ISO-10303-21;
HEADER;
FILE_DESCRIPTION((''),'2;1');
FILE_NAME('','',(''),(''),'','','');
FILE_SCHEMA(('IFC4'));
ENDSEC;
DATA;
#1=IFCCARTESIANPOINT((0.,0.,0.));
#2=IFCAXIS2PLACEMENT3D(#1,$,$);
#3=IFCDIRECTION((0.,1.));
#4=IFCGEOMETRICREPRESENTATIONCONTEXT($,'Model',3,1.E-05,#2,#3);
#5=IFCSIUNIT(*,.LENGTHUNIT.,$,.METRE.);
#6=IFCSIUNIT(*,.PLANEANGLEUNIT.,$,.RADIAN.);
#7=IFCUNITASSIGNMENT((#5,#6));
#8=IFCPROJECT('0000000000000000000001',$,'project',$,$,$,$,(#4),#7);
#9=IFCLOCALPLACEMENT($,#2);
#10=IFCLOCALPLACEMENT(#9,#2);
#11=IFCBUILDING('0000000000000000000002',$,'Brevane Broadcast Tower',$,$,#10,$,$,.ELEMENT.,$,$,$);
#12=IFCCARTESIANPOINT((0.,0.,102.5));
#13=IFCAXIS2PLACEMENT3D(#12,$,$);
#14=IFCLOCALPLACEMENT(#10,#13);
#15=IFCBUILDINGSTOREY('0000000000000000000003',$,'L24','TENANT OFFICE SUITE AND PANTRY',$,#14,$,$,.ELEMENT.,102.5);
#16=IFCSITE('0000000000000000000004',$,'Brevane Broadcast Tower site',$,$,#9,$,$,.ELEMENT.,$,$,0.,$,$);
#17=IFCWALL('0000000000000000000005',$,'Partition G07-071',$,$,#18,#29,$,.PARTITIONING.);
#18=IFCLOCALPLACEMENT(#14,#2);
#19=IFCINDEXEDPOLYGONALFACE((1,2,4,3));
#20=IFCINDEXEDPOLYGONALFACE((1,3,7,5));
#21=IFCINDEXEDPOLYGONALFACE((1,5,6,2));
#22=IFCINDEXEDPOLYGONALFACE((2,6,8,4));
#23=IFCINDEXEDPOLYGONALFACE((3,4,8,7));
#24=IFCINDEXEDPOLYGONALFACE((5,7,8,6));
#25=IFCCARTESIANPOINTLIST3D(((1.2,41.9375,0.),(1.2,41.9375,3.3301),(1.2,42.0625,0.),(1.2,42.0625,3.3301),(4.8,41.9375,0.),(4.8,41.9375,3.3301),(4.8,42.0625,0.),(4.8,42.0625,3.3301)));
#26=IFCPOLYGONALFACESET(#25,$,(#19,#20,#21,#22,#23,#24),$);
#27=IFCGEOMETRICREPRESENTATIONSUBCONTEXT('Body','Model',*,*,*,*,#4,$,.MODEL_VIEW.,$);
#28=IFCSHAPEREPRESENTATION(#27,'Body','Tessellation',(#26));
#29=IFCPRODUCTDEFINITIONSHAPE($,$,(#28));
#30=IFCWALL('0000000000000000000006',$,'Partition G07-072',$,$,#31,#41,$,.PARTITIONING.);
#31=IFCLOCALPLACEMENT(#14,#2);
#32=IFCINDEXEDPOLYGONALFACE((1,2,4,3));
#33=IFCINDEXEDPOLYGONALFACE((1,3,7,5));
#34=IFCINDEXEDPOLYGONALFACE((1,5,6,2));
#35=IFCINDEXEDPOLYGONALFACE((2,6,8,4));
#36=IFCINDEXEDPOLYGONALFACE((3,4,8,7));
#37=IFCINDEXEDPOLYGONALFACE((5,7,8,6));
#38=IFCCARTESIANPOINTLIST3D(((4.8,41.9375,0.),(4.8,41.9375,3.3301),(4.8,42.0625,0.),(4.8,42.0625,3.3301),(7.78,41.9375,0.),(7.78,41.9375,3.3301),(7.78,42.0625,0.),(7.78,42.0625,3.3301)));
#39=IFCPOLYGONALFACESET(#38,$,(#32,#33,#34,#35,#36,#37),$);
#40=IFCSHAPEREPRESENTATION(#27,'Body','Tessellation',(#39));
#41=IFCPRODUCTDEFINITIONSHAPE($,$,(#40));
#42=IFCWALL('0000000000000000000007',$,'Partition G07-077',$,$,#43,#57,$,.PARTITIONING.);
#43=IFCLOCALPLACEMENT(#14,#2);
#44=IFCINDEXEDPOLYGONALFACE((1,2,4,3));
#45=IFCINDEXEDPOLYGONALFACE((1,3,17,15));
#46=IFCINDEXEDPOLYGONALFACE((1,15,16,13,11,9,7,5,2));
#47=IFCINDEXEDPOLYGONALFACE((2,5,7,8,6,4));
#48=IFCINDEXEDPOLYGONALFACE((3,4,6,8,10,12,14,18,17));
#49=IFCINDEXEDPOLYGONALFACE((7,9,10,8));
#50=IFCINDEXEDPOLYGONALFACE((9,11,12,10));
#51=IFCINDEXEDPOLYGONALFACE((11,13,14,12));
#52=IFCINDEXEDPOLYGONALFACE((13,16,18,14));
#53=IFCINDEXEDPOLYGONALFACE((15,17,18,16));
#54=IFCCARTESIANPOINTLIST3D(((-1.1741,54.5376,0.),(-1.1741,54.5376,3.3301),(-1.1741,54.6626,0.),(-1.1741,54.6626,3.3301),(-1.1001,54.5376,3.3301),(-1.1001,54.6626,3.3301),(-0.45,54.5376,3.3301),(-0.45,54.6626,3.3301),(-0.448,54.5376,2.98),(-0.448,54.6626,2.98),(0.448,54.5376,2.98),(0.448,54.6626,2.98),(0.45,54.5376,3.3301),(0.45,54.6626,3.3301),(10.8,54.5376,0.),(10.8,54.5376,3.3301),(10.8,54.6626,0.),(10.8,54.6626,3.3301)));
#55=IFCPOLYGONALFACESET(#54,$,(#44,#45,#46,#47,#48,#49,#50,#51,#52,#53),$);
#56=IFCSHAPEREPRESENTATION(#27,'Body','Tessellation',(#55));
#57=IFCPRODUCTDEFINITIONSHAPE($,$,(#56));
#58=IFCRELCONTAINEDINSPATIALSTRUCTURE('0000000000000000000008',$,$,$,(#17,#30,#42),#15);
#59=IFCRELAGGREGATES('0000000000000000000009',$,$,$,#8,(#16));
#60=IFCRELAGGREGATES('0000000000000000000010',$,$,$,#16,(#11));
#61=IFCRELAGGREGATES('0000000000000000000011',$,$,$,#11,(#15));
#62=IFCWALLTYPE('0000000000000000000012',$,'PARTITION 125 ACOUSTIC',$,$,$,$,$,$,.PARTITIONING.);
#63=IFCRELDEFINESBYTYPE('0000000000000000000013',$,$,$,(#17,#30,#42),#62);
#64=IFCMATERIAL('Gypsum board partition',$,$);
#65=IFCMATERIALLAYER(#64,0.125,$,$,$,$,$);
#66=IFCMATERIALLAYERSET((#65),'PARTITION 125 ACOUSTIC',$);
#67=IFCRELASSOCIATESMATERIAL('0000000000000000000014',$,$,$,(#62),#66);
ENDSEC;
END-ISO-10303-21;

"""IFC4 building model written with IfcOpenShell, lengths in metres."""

from ifc_helpers import new_model, si_unit, direction, frame, frame_2d, origin, place, context, subcontext, project, spatial, polyline, rectangle, outline, extrude, material, layer, layer_set, type_object, element, save


model = new_model("IFC4")

# Units and contexts
model_context = context("Model", 3, precision=1e-05, world=origin(), true_north=direction((0.0, 1.0)))
body_context = subcontext(model_context, "Body", "Model", "MODEL_VIEW")
ifc_project = project(units=[si_unit("LENGTHUNIT", "METRE"), si_unit("PLANEANGLEUNIT", "RADIAN")], contexts=[model_context])

# Site, building, storey
site_placement = place(None, origin())
site = spatial("IfcSite", under=ifc_project, at=site_placement, Name="Brevane Broadcast Tower site", CompositionType="ELEMENT", RefElevation=0.0)
building_placement = place(site_placement, origin())
building = spatial("IfcBuilding", under=site, at=building_placement, Name="Brevane Broadcast Tower", CompositionType="ELEMENT")
storey_placement = place(building_placement, frame((0.0, 0.0, 102.5)))
storey = spatial("IfcBuildingStorey", under=building, at=storey_placement, Name="L24", Description="TENANT OFFICE SUITE AND PANTRY", CompositionType="ELEMENT", Elevation=102.5)

# Shared definitions
ifc_material_1 = material(Name="Gypsum board partition")

# Walls
ifc_layer_1 = layer(ifc_material_1, 0.125)
ifc_layer_set_1 = layer_set([ifc_layer_1], Name="PARTITION 125 ACOUSTIC")
wall_type_1 = type_object("IfcWallType", Name="PARTITION 125 ACOUSTIC", PredefinedType="PARTITIONING", material=ifc_layer_set_1)
wall_1_placement = place(storey_placement, frame((1.2, 42.0, 0.0), z_axis=(0.0, 0.0, 1.0), x_axis=(1.0, 0.0, 0.0)))
element("IfcWall", 1, at=wall_1_placement, inside=storey, type_object=wall_type_1, Name="Partition G07-071", PredefinedType="PARTITIONING", context=body_context, shape_type="SweptSolid", body=[
    extrude(rectangle(XDim=3.6001, YDim=0.125, at=frame_2d((1.8, 0.0))), origin(), (0.0, 0.0, 1.0), 3.3301),
])
wall_2_placement = place(storey_placement, frame((4.8, 42.0, 0.0), z_axis=(0.0, 0.0, 1.0), x_axis=(1.0, 0.0, 0.0)))
element("IfcWall", 2, at=wall_2_placement, inside=storey, type_object=wall_type_1, Name="Partition G07-072", PredefinedType="PARTITIONING", context=body_context, shape_type="SweptSolid", body=[
    extrude(rectangle(XDim=2.98, YDim=0.125, at=frame_2d((1.49, 0.0))), origin(), (0.0, 0.0, 1.0), 3.3301),
])
wall_3_placement = place(storey_placement, frame((-1.1741, 54.6001, 0.0), z_axis=(0.0, 0.0, 1.0), x_axis=(1.0, 0.0, 0.0)))
element("IfcWall", 3, at=wall_3_placement, inside=storey, type_object=wall_type_1, Name="Partition G07-077", PredefinedType="PARTITIONING", context=body_context, shape_type="SweptSolid", body=[
    extrude(outline(polyline([(0.0, 0.0), (11.9741, 0.0), (11.9741, 3.3301), (1.624, 3.3301), (1.6221, 2.98), (0.7261, 2.98), (0.7241, 3.3301), (0.074, 3.3301), (0.0, 3.3301), (0.0, 0.0)])), frame((0.0, 0.0625, 0.0), z_axis=(0.0, -1.0, 0.0), x_axis=(1.0, 0.0, 0.0)), (0.0, 0.0, 1.0), 0.125),
])

save(model, "model.ifc")
